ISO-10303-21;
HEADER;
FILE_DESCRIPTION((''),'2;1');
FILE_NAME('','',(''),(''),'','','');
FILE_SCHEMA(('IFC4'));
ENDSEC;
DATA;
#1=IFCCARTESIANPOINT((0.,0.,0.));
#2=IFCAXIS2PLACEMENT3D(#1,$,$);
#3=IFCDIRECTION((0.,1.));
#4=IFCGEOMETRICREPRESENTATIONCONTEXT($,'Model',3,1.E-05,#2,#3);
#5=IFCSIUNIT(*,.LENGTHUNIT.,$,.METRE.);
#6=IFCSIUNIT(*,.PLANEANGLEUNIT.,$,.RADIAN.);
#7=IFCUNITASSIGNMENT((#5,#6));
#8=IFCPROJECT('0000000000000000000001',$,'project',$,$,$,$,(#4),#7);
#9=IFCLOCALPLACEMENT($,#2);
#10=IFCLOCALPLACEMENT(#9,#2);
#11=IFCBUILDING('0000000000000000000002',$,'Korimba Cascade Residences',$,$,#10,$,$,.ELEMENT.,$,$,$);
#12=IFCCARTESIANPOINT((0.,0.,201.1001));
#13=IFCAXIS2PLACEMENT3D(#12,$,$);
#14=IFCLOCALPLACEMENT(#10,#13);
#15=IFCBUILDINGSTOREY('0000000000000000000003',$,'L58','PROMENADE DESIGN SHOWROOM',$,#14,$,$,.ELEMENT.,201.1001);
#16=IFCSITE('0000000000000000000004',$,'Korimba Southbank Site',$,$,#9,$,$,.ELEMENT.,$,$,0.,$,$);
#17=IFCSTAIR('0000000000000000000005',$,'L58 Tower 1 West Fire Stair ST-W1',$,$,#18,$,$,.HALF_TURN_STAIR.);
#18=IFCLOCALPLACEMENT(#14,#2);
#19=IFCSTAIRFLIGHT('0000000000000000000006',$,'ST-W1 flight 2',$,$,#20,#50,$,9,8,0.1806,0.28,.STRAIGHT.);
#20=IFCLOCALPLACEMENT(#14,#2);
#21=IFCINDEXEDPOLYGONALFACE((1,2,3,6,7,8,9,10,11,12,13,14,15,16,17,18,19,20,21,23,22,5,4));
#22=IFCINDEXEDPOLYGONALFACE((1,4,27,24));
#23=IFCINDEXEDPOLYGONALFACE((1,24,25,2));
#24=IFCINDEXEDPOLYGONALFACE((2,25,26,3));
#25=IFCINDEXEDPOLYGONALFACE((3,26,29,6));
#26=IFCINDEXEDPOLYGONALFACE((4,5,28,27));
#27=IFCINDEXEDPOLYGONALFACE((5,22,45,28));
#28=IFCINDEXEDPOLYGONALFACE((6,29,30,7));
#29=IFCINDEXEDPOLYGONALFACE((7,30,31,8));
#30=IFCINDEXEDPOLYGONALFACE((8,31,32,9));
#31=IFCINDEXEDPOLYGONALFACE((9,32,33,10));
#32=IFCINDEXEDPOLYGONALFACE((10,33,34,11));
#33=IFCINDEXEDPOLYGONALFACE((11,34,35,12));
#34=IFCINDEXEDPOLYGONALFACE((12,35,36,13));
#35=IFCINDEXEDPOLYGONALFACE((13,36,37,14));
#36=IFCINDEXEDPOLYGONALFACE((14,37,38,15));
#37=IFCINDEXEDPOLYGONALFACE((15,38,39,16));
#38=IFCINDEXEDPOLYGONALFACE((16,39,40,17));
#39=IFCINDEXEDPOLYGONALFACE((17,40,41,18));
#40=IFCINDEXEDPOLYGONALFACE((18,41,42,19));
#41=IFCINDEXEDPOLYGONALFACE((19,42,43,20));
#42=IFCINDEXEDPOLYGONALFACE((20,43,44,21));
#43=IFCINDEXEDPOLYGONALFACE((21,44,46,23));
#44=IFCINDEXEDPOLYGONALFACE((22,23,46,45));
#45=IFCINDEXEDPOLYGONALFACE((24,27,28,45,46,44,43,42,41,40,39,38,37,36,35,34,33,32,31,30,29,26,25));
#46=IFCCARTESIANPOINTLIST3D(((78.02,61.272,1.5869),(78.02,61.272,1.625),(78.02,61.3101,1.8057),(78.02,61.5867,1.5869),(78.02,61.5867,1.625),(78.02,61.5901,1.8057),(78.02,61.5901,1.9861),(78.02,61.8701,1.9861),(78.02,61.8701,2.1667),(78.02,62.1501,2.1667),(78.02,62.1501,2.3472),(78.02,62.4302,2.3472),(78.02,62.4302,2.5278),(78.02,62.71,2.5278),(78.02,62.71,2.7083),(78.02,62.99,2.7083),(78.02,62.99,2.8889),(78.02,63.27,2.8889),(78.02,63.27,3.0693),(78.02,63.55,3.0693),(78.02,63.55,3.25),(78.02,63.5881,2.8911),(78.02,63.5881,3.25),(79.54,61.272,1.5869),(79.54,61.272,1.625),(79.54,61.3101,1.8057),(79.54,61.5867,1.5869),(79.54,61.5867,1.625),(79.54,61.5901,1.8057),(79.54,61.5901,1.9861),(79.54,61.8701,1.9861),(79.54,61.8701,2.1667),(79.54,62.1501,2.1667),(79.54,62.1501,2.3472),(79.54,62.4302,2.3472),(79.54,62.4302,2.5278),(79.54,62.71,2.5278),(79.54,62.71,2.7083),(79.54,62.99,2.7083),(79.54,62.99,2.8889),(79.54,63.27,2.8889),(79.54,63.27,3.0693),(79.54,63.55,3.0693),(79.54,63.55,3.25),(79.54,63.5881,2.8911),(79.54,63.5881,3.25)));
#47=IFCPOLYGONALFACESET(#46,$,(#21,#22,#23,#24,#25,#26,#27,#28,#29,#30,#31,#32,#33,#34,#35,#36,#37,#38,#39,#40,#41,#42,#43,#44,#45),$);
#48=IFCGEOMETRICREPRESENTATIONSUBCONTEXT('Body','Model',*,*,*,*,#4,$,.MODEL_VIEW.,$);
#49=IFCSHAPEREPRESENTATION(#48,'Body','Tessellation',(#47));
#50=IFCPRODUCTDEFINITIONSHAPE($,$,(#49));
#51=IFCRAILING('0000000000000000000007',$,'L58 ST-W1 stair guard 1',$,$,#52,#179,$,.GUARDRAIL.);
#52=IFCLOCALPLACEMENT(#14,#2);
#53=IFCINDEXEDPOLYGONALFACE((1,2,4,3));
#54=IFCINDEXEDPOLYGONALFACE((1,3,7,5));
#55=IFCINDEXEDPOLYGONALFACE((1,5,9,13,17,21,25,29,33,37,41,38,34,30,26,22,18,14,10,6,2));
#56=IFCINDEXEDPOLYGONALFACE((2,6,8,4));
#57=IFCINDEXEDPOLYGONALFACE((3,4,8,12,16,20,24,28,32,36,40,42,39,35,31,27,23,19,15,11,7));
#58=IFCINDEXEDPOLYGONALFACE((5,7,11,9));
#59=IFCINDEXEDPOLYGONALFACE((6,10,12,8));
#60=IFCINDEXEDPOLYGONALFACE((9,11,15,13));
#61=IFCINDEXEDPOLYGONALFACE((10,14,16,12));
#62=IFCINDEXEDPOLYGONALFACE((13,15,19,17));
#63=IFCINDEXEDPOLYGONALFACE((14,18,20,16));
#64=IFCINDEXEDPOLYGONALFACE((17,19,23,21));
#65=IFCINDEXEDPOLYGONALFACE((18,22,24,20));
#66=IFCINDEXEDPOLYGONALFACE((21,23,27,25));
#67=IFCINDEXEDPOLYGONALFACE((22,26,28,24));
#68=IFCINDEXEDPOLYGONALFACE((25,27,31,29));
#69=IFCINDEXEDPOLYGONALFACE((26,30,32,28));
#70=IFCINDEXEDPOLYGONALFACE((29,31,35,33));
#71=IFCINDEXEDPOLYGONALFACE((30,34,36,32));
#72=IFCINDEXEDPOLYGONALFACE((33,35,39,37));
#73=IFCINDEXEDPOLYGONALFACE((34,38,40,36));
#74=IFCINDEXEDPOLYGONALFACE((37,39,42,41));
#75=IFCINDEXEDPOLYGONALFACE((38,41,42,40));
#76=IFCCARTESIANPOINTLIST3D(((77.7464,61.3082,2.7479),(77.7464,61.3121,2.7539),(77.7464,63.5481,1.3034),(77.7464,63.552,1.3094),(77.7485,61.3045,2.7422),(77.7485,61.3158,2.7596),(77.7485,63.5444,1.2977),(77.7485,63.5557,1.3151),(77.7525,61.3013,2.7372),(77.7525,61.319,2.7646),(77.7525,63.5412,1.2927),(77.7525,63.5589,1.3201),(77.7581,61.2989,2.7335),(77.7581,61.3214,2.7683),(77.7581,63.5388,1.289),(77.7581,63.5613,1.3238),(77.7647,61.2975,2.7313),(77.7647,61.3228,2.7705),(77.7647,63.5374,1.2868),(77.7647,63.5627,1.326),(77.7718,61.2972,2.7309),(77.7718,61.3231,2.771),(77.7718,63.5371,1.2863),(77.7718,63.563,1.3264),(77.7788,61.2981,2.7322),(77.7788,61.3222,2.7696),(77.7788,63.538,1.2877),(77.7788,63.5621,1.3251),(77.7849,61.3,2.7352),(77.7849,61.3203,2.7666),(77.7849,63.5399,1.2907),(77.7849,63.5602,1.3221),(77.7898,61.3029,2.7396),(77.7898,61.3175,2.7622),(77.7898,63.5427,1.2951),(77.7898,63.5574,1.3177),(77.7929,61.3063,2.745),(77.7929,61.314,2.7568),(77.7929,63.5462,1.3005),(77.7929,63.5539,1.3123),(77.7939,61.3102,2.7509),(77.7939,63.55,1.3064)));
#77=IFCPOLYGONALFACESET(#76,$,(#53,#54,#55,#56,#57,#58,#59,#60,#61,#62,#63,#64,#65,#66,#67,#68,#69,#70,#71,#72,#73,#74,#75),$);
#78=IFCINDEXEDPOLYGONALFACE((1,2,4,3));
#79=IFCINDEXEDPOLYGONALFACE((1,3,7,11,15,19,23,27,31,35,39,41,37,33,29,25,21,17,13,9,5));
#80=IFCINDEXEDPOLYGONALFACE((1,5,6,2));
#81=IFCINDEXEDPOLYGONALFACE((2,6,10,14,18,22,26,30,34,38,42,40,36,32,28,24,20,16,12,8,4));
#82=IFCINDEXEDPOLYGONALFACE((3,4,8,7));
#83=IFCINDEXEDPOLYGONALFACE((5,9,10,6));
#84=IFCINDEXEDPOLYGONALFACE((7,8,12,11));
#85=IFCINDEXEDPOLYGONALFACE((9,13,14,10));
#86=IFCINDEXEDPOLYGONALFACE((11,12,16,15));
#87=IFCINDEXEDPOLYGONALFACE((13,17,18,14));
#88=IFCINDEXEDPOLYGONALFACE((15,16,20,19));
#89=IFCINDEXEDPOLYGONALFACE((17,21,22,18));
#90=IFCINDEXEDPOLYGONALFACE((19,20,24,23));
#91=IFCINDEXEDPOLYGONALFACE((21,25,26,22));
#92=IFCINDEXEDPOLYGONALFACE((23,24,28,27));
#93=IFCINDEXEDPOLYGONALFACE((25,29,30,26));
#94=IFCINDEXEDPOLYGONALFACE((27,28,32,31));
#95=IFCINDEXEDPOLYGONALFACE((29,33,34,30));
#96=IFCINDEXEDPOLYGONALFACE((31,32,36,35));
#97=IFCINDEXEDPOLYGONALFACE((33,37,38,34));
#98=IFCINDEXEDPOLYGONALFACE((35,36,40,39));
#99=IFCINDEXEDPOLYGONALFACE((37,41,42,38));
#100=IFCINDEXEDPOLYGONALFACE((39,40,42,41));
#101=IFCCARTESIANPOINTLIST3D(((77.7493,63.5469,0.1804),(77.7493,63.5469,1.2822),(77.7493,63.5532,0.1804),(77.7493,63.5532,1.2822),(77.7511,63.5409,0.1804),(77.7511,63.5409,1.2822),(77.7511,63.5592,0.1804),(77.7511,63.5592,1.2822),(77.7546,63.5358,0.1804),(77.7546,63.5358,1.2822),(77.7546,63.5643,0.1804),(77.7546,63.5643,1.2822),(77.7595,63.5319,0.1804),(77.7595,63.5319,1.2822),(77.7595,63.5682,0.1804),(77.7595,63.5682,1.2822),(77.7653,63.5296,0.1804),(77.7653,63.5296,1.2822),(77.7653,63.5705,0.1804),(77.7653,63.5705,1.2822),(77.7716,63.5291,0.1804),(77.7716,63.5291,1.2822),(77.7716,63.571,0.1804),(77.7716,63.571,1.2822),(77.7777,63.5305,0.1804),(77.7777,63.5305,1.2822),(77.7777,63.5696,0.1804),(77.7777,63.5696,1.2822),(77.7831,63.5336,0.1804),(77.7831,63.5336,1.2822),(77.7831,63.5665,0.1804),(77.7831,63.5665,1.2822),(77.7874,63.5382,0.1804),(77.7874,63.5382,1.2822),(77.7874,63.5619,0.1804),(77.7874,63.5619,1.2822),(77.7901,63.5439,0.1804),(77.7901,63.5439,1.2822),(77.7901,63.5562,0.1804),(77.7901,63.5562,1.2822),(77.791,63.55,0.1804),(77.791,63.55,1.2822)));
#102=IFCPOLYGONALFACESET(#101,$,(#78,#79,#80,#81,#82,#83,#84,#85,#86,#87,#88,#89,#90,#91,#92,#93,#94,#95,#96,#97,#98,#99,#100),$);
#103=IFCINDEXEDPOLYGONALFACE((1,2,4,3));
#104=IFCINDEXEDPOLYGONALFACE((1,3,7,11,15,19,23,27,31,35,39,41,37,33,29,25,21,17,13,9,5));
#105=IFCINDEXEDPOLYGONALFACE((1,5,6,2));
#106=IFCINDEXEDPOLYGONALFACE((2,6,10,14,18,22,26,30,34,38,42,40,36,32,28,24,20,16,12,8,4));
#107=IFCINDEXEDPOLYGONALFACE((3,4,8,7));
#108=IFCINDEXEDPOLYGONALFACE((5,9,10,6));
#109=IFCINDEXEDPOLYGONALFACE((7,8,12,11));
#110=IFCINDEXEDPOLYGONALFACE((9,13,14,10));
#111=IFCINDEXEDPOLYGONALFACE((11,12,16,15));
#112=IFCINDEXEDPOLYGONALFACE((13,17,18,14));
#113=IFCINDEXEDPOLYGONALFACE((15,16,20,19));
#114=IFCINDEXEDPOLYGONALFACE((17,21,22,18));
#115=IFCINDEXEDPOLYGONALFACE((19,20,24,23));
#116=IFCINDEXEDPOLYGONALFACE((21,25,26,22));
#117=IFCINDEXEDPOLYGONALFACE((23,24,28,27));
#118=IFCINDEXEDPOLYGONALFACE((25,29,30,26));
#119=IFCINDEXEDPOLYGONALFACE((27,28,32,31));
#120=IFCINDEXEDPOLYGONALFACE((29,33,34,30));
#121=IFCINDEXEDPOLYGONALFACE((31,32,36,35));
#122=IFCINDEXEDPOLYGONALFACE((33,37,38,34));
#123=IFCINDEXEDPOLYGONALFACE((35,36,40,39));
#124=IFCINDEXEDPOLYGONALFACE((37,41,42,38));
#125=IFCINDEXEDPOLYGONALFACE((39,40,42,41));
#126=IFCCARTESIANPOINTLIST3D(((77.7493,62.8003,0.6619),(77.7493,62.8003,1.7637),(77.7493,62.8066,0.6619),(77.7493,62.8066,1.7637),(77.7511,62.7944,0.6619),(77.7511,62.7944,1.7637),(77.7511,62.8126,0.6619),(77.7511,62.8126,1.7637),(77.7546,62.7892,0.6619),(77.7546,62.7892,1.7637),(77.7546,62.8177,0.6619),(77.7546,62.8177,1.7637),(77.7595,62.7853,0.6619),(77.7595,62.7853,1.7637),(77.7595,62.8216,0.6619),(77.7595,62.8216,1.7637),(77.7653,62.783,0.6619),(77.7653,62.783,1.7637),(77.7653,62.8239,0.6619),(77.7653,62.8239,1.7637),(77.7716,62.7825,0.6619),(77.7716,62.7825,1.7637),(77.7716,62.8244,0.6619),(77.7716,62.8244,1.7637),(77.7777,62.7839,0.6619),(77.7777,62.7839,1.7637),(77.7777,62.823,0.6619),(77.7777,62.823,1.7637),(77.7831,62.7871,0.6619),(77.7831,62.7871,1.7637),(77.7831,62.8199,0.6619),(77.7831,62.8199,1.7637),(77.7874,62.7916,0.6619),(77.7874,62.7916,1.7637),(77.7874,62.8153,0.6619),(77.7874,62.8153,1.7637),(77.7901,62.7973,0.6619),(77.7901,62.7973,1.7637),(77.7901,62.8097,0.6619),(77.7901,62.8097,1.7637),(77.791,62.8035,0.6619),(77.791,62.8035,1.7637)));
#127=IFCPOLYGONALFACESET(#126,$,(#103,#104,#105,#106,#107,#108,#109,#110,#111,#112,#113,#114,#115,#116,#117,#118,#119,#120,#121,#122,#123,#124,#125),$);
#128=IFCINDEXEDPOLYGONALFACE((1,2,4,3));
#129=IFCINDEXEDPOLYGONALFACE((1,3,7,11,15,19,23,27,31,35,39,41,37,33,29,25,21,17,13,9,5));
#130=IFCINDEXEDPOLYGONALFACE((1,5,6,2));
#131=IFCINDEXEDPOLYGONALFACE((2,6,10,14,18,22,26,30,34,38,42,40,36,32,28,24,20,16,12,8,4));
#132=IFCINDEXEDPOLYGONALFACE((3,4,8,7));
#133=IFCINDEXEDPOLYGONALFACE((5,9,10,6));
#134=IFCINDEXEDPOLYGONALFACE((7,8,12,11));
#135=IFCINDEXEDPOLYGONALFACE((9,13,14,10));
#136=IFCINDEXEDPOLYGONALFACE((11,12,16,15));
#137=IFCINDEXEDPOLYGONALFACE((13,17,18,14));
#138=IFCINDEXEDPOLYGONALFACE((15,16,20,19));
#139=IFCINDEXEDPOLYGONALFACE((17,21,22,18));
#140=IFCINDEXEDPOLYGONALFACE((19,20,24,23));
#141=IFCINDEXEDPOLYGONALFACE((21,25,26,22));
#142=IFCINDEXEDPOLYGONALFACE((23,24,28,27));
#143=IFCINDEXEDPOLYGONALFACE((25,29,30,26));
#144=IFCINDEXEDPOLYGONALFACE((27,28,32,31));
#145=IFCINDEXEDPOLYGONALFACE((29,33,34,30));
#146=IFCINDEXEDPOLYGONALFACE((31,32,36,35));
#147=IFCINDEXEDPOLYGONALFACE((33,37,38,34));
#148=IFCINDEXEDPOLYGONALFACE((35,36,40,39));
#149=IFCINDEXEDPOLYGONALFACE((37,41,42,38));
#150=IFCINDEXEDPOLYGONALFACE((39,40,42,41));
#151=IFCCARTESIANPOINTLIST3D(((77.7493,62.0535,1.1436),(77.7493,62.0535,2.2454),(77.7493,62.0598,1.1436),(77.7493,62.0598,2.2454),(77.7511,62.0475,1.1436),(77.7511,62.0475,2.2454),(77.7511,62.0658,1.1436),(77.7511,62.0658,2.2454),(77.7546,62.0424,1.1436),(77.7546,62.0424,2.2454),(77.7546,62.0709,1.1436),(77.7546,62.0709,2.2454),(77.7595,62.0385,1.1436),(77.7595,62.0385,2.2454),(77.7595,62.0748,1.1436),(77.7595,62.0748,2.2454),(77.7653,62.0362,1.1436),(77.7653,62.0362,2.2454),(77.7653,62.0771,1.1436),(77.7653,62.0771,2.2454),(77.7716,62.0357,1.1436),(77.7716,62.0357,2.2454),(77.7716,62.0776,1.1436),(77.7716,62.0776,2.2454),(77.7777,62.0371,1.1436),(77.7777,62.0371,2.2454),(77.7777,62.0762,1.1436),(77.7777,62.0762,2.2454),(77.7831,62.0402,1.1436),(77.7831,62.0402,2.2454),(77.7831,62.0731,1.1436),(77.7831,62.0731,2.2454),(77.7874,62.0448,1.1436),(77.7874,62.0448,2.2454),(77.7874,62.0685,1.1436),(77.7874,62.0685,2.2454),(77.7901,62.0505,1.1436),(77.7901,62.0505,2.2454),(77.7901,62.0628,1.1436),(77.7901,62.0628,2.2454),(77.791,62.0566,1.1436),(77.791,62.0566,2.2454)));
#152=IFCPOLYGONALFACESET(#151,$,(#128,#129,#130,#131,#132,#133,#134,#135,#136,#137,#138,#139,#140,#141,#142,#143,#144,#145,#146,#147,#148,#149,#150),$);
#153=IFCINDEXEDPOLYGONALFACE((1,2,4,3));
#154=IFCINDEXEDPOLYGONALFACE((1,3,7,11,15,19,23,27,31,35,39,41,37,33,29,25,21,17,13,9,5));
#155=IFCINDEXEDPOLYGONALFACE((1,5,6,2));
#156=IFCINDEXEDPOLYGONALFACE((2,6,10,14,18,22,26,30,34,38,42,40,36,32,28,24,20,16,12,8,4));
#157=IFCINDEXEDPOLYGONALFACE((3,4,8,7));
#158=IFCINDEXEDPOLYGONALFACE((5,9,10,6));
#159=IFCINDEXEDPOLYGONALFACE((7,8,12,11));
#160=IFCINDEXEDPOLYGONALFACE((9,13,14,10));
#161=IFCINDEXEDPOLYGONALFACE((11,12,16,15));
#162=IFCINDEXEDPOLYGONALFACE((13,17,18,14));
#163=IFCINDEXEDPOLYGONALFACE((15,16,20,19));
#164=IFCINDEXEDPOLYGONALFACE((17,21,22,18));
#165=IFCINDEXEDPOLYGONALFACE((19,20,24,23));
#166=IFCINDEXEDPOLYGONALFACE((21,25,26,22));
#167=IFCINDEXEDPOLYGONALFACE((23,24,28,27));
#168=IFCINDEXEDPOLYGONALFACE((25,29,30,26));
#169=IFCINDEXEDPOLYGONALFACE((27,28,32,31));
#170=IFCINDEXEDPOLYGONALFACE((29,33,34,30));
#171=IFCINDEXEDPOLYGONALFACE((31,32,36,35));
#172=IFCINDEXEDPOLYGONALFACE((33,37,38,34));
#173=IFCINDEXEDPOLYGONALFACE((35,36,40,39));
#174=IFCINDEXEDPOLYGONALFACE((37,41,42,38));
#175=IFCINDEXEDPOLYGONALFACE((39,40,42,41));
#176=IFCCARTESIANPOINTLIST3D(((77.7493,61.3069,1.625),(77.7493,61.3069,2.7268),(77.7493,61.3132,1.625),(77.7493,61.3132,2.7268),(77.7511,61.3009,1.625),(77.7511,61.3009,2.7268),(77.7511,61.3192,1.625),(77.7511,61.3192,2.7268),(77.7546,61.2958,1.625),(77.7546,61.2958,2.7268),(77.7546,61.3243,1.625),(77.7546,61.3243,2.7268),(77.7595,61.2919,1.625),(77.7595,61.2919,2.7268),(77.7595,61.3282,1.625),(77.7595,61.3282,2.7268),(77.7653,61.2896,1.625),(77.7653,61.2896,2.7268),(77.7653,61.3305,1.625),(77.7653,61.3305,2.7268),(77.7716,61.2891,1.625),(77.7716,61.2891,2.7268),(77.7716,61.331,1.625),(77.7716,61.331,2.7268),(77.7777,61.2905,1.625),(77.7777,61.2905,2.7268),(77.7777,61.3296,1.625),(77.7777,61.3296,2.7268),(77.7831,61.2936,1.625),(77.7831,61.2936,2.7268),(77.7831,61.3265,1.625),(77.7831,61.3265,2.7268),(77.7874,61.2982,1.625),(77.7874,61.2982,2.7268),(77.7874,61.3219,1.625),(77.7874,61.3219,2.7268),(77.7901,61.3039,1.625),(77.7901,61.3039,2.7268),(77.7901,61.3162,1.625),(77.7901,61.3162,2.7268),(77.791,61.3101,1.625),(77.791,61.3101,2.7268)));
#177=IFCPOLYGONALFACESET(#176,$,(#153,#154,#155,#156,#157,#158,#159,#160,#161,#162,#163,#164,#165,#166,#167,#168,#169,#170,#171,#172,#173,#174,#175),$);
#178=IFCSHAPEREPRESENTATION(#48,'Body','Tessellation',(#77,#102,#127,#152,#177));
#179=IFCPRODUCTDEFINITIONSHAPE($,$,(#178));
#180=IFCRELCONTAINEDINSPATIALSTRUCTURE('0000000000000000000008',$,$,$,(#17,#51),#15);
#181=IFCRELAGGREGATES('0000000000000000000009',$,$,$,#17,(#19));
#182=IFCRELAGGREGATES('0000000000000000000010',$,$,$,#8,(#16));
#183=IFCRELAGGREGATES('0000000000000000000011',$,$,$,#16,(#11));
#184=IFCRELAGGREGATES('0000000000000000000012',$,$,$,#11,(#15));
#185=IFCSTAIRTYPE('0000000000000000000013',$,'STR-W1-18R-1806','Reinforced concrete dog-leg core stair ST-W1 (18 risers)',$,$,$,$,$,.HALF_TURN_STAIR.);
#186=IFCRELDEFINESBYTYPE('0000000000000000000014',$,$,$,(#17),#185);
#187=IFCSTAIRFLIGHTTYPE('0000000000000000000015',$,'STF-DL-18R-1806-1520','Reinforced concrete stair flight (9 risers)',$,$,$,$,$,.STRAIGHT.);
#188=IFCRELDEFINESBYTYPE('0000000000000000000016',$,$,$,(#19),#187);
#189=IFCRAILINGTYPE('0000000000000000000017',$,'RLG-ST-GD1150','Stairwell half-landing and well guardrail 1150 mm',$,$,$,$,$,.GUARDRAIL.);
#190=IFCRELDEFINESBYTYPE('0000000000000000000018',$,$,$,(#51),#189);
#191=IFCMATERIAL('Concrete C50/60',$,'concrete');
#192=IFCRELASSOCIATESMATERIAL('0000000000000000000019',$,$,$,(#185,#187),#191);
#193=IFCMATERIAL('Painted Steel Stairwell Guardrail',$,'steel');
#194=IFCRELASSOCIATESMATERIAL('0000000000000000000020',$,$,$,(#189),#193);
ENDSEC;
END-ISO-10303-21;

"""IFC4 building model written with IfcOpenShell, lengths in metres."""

from ifc_helpers import new_model, si_unit, direction, frame, origin, origin_2d, place, context, subcontext, project, spatial, polyline, circle, outline, extrude, material, type_object, element, aggregate, save


model = new_model("IFC4")

# Units and contexts
model_context = context("Model", 3, precision=1e-05, world=origin(), true_north=direction((0.0, 1.0)))
body_context = subcontext(model_context, "Body", "Model", "MODEL_VIEW")
ifc_project = project(units=[si_unit("LENGTHUNIT", "METRE"), si_unit("PLANEANGLEUNIT", "RADIAN")], contexts=[model_context])

# Site, building, storey
site_placement = place(None, origin())
site = spatial("IfcSite", under=ifc_project, at=site_placement, Name="Korimba Southbank Site", CompositionType="ELEMENT", RefElevation=0.0)
building_placement = place(site_placement, origin())
building = spatial("IfcBuilding", under=site, at=building_placement, Name="Korimba Cascade Residences", CompositionType="ELEMENT")
storey_placement = place(building_placement, frame((0.0, 0.0, 201.1001)))
storey = spatial("IfcBuildingStorey", under=building, at=storey_placement, Name="L58", Description="PROMENADE DESIGN SHOWROOM", CompositionType="ELEMENT", Elevation=201.1001)

# Stair, stair flight
ifc_material_1 = material(Name="Concrete C50/60", Category="concrete")
stair_type = type_object("IfcStairType", Name="STR-W1-18R-1806", Description="Reinforced concrete dog-leg core stair ST-W1 (18 risers)", PredefinedType="HALF_TURN_STAIR", material=ifc_material_1)
stair_placement = place(storey_placement, origin())
stair = element("IfcStair", 1, at=stair_placement, inside=storey, type_object=stair_type, Name="L58 Tower 1 West Fire Stair ST-W1", PredefinedType="HALF_TURN_STAIR")
stair_flight_type = type_object("IfcStairFlightType", Name="STF-DL-18R-1806-1520", Description="Reinforced concrete stair flight (9 risers)", PredefinedType="STRAIGHT", material=ifc_material_1)
stair_flight_1_placement = place(storey_placement, frame((78.78, 61.3101, 1.625), z_axis=(0.0, 0.0, 1.0), x_axis=(0.0, 1.0, 0.0)))
stair_flight_1 = element("IfcStairFlight", 2, at=stair_flight_1_placement, type_object=stair_flight_type, Name="ST-W1 flight 2", NumberOfRisers=9, NumberOfTreads=8, PredefinedType="STRAIGHT", RiserHeight=0.1806, TreadLength=0.28, context=body_context, shape_type="SweptSolid", body=[
    extrude(outline(polyline([(-0.0381, 0.0), (0.0, 0.1807), (0.28, 0.1807), (0.28, 0.3611), (0.5601, 0.3611), (0.5601, 0.5417), (0.8401, 0.5417), (0.8401, 0.7222), (1.1201, 0.7222), (1.1201, 0.9028), (1.3999, 0.9028), (1.3999, 1.0833), (1.6799, 1.0833), (1.6799, 1.2639), (1.96, 1.2639), (1.96, 1.4443), (2.24, 1.4443), (2.24, 1.625), (2.2781, 1.625), (2.2781, 1.2661), (0.2766, 0.0), (0.2766, -0.0381), (-0.0381, -0.0381), (-0.0381, 0.0)])), frame((0.0, 0.76, 0.0), z_axis=(0.0, -1.0, 0.0), x_axis=(1.0, 0.0, 0.0)), (0.0, 0.0, 1.0), 1.52),
])
aggregate(stair, [stair_flight_1])

# Railing
ifc_material_2 = material(Name="Painted Steel Stairwell Guardrail", Category="steel")
railing_type_1 = type_object("IfcRailingType", Name="RLG-ST-GD1150", Description="Stairwell half-landing and well guardrail 1150 mm", PredefinedType="GUARDRAIL", material=ifc_material_2)
railing_1_placement = place(storey_placement, frame((77.77, 63.55, 0.1804)))
element("IfcRailing", 3, at=railing_1_placement, inside=storey, type_object=railing_type_1, Name="L58 ST-W1 stair guard 1", PredefinedType="GUARDRAIL", context=body_context, shape_type="SweptSolid", body=[
    extrude(circle(Radius=0.0239, at=origin_2d()), frame((0.0, 0.0, 1.126), z_axis=(0.0, -0.840395, 0.541975), x_axis=(1.0, 0.0, 0.0)), (0.0, 0.0, 1.0), 2.6653),
    extrude(circle(Radius=0.021, at=origin_2d()), origin(), (0.0, 0.0, 1.0), 1.1018),
    extrude(circle(Radius=0.021, at=origin_2d()), frame((0.0, -0.7466, 0.4814)), (0.0, 0.0, 1.0), 1.1018),
    extrude(circle(Radius=0.021, at=origin_2d()), frame((0.0, -1.4934, 0.9631)), (0.0, 0.0, 1.0), 1.1018),
    extrude(circle(Radius=0.021, at=origin_2d()), frame((0.0, -2.24, 1.4446)), (0.0, 0.0, 1.0), 1.1018),
])

save(model, "model.ifc")
